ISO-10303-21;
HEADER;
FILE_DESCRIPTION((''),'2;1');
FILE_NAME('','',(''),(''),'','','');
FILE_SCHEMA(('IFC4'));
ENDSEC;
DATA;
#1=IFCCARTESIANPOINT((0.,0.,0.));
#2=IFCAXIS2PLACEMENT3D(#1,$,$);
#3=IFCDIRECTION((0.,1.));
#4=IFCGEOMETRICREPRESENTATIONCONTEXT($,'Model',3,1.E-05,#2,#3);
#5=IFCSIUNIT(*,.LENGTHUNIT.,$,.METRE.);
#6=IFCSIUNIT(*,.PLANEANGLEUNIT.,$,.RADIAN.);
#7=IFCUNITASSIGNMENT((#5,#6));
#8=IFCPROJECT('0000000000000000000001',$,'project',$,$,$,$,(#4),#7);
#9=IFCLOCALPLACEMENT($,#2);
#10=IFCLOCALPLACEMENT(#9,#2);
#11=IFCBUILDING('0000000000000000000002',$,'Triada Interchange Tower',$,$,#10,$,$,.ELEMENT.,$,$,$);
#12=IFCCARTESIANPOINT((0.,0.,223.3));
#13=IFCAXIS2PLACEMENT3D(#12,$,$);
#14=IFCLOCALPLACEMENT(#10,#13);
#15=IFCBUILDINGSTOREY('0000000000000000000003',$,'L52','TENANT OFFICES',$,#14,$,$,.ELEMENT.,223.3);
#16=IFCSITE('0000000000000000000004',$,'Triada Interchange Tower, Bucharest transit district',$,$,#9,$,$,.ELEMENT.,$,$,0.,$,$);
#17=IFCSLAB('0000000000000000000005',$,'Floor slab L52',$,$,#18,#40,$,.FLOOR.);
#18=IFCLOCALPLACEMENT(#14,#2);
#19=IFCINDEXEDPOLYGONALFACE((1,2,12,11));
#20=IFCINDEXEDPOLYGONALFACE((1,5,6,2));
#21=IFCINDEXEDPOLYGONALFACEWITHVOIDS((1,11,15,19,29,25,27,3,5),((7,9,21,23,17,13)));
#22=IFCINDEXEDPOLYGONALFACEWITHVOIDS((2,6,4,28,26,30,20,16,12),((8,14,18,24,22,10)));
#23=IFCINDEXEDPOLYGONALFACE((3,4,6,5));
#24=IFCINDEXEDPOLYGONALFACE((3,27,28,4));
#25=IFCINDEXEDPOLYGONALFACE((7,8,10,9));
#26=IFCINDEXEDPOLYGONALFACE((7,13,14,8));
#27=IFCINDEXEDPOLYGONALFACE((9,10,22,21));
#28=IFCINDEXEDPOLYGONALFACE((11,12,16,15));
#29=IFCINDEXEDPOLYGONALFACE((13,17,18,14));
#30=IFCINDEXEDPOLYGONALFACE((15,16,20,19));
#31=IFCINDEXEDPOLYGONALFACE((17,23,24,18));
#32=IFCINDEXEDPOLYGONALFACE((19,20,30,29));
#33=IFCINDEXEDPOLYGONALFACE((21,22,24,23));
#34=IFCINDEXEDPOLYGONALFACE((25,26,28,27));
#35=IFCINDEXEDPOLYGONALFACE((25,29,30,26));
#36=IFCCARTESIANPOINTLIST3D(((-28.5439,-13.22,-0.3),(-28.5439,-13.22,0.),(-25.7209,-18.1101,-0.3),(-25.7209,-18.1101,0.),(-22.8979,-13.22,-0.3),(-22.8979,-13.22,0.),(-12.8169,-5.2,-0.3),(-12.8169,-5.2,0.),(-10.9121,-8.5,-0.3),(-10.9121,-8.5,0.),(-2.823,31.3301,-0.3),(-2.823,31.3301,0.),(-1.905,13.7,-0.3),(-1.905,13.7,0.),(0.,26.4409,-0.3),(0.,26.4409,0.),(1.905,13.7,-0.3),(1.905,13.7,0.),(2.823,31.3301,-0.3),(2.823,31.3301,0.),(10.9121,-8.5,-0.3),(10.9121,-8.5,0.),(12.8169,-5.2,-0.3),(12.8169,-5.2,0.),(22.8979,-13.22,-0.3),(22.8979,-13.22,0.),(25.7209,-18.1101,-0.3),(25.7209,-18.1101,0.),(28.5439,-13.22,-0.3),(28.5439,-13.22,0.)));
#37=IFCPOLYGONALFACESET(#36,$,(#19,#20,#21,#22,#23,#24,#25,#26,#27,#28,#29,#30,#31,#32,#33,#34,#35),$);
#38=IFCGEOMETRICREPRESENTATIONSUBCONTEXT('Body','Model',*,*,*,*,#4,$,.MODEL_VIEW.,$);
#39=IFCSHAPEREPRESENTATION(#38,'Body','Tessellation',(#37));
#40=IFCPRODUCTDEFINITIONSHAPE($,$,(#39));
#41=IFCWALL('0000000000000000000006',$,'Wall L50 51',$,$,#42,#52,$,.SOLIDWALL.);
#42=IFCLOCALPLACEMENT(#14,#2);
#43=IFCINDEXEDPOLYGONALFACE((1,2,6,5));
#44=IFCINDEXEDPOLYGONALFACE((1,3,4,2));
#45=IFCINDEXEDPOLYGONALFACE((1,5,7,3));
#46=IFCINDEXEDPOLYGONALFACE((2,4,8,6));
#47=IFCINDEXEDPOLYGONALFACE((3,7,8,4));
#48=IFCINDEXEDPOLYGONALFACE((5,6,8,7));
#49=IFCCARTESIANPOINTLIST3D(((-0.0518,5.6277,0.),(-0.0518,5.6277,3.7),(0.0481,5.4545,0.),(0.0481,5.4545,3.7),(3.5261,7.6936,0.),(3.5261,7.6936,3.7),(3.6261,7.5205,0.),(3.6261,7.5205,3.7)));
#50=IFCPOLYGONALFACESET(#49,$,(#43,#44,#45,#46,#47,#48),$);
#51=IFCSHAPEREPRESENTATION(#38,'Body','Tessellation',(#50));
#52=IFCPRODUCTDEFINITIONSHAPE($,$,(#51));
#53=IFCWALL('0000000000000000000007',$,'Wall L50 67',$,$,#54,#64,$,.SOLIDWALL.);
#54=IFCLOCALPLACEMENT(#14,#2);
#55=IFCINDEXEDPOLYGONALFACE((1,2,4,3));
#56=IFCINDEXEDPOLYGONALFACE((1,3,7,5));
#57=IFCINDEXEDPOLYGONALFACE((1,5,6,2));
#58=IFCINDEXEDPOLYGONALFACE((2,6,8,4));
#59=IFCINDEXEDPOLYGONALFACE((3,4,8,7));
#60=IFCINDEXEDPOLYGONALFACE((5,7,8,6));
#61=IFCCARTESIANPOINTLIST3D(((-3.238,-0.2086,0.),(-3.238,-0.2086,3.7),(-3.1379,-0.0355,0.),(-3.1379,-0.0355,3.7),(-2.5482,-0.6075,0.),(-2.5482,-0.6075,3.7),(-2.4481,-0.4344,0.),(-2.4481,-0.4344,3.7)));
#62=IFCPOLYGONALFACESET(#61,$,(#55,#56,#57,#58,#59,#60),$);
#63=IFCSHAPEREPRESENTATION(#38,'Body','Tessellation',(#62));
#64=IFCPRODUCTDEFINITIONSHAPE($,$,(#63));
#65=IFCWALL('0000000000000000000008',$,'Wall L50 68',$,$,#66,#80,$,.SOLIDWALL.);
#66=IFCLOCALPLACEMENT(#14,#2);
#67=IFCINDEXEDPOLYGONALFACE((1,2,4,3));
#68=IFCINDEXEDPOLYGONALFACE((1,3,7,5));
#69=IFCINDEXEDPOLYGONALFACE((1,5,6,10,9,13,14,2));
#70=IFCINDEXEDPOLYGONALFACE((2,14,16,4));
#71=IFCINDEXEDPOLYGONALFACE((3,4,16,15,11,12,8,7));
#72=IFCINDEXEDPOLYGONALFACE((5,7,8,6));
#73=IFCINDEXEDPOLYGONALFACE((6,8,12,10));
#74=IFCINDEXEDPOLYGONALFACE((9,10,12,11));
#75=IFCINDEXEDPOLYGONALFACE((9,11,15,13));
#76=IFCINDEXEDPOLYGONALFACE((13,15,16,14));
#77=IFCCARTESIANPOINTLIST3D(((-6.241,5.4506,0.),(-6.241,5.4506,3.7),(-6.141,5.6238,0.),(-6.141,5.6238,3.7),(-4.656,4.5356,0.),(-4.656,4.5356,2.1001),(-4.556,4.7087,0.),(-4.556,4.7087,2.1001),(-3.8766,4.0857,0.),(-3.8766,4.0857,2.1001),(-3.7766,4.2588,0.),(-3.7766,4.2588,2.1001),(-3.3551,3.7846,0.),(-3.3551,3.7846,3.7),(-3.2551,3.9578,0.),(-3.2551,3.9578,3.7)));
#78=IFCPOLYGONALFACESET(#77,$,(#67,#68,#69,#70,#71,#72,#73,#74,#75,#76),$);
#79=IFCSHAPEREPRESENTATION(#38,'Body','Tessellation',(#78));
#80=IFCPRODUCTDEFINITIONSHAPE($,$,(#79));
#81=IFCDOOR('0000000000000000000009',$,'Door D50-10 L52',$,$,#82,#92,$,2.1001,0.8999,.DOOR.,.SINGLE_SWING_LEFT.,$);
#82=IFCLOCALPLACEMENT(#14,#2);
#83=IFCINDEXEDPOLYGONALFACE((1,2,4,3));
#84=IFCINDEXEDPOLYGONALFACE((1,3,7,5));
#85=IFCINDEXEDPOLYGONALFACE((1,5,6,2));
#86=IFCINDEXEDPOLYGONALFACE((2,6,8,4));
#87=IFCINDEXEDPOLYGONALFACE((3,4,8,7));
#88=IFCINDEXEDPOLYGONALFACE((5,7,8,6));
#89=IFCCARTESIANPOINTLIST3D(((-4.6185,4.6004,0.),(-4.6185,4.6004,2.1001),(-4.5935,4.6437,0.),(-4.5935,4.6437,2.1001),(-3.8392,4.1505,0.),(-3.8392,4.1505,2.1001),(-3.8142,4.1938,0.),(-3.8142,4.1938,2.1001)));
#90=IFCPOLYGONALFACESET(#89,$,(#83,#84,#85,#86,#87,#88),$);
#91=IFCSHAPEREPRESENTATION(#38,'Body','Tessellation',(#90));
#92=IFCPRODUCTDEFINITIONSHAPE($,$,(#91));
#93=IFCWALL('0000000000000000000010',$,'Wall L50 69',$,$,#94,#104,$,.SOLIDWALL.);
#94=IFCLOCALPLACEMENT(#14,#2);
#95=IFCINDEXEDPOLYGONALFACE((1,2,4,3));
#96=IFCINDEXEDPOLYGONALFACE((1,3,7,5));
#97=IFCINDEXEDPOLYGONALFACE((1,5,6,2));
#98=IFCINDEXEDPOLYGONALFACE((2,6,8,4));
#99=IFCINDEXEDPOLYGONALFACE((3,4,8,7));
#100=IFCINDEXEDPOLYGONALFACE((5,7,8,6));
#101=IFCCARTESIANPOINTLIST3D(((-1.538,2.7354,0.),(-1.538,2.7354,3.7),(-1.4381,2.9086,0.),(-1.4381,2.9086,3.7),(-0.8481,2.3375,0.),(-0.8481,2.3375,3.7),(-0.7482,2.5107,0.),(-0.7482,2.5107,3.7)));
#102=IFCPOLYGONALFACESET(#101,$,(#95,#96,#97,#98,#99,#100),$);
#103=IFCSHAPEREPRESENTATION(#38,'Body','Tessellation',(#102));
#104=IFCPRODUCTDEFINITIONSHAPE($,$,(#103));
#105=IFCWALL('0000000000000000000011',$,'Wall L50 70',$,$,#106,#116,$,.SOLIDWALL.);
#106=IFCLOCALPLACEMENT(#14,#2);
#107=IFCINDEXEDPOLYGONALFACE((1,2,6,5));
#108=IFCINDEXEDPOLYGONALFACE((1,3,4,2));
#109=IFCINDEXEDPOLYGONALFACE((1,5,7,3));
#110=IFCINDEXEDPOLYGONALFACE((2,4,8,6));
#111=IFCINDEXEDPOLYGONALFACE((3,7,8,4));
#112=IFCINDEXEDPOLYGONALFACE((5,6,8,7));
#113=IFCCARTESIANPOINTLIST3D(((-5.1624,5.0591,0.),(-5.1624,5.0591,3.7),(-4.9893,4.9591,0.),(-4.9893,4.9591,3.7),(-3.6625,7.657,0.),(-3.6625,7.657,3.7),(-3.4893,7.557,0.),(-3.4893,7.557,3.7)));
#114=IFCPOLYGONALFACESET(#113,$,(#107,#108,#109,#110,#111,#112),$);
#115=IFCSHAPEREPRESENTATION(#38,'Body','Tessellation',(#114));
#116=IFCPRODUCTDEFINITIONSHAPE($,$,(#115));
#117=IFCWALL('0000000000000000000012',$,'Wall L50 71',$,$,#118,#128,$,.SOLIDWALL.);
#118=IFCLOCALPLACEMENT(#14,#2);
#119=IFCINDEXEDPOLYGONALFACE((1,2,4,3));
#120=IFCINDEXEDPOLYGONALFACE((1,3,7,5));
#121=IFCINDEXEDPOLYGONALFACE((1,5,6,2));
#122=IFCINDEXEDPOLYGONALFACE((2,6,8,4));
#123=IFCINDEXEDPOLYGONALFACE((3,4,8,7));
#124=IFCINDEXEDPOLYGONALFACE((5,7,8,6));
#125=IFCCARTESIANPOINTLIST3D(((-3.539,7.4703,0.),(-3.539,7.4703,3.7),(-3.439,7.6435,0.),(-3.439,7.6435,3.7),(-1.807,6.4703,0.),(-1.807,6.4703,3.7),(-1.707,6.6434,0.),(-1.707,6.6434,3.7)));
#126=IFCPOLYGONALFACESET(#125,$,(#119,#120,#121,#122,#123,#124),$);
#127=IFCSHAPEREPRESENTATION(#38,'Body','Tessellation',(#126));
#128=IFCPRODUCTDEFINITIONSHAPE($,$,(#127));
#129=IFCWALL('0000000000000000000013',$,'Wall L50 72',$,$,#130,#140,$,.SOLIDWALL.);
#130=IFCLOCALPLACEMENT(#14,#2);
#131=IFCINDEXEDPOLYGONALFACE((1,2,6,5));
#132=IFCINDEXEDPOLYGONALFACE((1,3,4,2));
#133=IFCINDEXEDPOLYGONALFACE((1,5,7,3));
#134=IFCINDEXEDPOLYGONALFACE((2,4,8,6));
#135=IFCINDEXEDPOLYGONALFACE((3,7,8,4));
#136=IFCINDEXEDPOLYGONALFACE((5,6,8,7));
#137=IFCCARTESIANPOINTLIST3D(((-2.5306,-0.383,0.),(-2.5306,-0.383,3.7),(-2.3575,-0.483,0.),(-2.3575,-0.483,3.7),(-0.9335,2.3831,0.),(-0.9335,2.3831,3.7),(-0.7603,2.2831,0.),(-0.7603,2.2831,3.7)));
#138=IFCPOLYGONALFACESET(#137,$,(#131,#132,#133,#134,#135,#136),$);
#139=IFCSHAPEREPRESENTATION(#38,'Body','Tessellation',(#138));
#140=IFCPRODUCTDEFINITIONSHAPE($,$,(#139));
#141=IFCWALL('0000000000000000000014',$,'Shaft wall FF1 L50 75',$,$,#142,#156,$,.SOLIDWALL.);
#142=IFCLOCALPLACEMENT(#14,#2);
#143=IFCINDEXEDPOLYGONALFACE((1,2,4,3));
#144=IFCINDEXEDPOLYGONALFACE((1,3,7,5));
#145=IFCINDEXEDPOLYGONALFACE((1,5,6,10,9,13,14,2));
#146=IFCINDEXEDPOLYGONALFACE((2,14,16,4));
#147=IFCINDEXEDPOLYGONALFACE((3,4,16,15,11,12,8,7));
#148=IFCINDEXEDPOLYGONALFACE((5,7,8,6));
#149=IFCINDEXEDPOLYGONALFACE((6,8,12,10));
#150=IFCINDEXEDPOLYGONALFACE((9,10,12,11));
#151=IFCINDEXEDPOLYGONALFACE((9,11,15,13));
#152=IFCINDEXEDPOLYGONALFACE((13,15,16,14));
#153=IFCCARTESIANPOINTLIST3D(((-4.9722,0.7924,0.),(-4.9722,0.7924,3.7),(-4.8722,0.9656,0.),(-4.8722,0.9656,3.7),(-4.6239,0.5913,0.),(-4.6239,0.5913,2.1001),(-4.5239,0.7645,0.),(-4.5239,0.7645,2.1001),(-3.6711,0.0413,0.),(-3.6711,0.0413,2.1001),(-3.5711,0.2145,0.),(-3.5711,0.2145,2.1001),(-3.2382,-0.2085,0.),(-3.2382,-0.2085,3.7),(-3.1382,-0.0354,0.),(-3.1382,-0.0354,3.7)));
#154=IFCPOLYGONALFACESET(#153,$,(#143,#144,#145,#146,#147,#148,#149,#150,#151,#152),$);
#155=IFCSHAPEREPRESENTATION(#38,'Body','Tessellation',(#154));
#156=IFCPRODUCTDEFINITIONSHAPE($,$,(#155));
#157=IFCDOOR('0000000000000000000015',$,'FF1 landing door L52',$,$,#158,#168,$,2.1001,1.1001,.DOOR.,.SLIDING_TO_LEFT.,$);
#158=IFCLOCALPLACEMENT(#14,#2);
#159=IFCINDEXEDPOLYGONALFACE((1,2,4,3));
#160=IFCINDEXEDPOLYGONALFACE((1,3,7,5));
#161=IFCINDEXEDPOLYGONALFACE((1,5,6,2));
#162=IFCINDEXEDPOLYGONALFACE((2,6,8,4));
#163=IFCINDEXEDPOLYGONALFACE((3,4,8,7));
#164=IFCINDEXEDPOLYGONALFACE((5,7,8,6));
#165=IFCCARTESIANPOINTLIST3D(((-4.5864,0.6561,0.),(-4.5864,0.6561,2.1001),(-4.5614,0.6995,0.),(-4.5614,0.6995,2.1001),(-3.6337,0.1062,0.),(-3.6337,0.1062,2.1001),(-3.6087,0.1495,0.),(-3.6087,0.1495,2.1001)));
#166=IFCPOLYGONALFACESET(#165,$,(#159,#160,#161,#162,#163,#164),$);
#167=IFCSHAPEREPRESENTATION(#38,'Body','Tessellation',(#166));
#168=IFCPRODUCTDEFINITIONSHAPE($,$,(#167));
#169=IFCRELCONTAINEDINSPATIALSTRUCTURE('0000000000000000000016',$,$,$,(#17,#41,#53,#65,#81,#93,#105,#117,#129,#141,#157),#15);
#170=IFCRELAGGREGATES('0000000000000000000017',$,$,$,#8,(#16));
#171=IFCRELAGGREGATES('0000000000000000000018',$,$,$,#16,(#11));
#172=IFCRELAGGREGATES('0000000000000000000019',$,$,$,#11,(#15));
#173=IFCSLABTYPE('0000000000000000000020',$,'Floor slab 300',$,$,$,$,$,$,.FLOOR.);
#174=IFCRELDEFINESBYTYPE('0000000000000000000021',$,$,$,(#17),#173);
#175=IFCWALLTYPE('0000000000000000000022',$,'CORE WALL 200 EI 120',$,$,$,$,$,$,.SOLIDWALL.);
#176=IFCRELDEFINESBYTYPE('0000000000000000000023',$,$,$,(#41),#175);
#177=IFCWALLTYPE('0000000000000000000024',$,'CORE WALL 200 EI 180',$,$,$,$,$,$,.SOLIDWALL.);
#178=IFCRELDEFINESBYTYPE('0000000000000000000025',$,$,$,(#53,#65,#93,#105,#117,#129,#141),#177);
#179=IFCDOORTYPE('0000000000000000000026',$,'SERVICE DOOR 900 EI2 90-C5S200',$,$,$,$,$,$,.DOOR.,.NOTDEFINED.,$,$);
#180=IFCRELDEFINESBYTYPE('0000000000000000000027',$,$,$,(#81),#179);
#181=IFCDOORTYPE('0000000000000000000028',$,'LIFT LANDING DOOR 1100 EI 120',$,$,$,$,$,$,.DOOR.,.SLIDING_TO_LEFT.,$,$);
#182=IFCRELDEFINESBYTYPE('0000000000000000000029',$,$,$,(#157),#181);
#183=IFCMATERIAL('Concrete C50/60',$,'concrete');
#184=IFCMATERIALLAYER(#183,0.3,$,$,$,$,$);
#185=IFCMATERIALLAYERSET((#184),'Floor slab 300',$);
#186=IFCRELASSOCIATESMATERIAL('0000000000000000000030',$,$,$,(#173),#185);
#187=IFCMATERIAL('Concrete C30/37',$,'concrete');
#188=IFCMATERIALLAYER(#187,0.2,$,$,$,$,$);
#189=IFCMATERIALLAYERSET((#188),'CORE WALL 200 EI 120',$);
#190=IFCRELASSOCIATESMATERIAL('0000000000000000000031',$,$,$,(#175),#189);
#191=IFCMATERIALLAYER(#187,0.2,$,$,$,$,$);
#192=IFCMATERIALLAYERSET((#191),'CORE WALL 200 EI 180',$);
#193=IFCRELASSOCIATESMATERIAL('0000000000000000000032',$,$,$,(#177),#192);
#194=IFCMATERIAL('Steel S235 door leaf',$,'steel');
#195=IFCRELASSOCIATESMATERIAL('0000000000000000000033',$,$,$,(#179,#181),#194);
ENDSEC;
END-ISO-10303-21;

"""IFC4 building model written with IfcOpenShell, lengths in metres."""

from ifc_helpers import new_model, si_unit, direction, frame, frame_2d, origin, place, context, subcontext, project, spatial, polyline, rectangle, outline, extrude, material, layer, layer_set, type_object, element, fill, save


model = new_model("IFC4")

# Units and contexts
model_context = context("Model", 3, precision=1e-05, world=origin(), true_north=direction((0.0, 1.0)))
body_context = subcontext(model_context, "Body", "Model", "MODEL_VIEW")
ifc_project = project(units=[si_unit("LENGTHUNIT", "METRE"), si_unit("PLANEANGLEUNIT", "RADIAN")], contexts=[model_context])

# Site, building, storey
site_placement = place(None, origin())
site = spatial("IfcSite", under=ifc_project, at=site_placement, Name="Triada Interchange Tower, Bucharest transit district", CompositionType="ELEMENT", RefElevation=0.0)
building_placement = place(site_placement, origin())
building = spatial("IfcBuilding", under=site, at=building_placement, Name="Triada Interchange Tower", CompositionType="ELEMENT")
storey_placement = place(building_placement, frame((0.0, 0.0, 223.3)))
storey = spatial("IfcBuildingStorey", under=building, at=storey_placement, Name="L52", Description="TENANT OFFICES", CompositionType="ELEMENT", Elevation=223.3)

# Slab
ifc_material_1 = material(Name="Concrete C50/60", Category="concrete")
ifc_layer_1 = layer(ifc_material_1, 0.3)
ifc_layer_set_1 = layer_set([ifc_layer_1], Name="Floor slab 300")
slab_type = type_object("IfcSlabType", Name="Floor slab 300", PredefinedType="FLOOR", material=ifc_layer_set_1)
slab_placement = place(storey_placement, frame((0.0, 0.0, -0.3)))
element("IfcSlab", 1, at=slab_placement, inside=storey, type_object=slab_type, Name="Floor slab L52", PredefinedType="FLOOR", context=body_context, shape_type="SweptSolid", body=[
    extrude(outline(polyline([(-2.823, 31.3301), (-28.5439, -13.22), (-22.8979, -13.22), (-25.7209, -18.1101), (25.7209, -18.1101), (22.8979, -13.22), (28.5439, -13.22), (2.823, 31.3301), (0.0, 26.4409), (-2.823, 31.3301)]), holes=[polyline([(1.905, 13.7), (-1.905, 13.7), (-12.8169, -5.2), (-10.9121, -8.5), (10.9121, -8.5), (12.8169, -5.2), (1.905, 13.7)])]), origin(), (0.0, 0.0, 1.0), 0.3),
])

# Walls
ifc_material_2 = material(Name="Concrete C30/37", Category="concrete")
ifc_layer_2 = layer(ifc_material_2, 0.2)
ifc_layer_set_2 = layer_set([ifc_layer_2], Name="CORE WALL 200 EI 120")
wall_type_1 = type_object("IfcWallType", Name="CORE WALL 200 EI 120", PredefinedType="SOLIDWALL", material=ifc_layer_set_2)
wall_1_placement = place(storey_placement, frame((-0.002, 5.541, 0.0), z_axis=(0.0, 0.0, 1.0), x_axis=(0.866002, 0.500041, 0.0)))
element("IfcWall", 2, at=wall_1_placement, inside=storey, type_object=wall_type_1, Name="Wall L50 51", PredefinedType="SOLIDWALL", context=body_context, shape_type="SweptSolid", body=[
    extrude(rectangle(XDim=4.1316, YDim=0.2, at=frame_2d((2.0659, 0.0))), origin(), (0.0, 0.0, 1.0), 3.7),
])
ifc_layer_3 = layer(ifc_material_2, 0.2)
ifc_layer_set_3 = layer_set([ifc_layer_3], Name="CORE WALL 200 EI 180")
wall_type_2 = type_object("IfcWallType", Name="CORE WALL 200 EI 180", PredefinedType="SOLIDWALL", material=ifc_layer_set_3)
wall_2_placement = place(storey_placement, frame((-3.188, -0.1221, 0.0), z_axis=(0.0, 0.0, 1.0), x_axis=(0.865706, -0.500553, 0.0)))
element("IfcWall", 3, at=wall_2_placement, inside=storey, type_object=wall_type_2, Name="Wall L50 67", PredefinedType="SOLIDWALL", context=body_context, shape_type="SweptSolid", body=[
    extrude(rectangle(XDim=0.7969, YDim=0.2, at=frame_2d((0.3984, 0.0))), origin(), (0.0, 0.0, 1.0), 3.7),
])

# Wall, opening, door
wall_3_placement = place(storey_placement, frame((-6.1909, 5.5371, 0.0), z_axis=(0.0, 0.0, 1.0), x_axis=(0.866053, -0.499953, 0.0)))
wall_3 = element("IfcWall", 4, at=wall_3_placement, inside=storey, type_object=wall_type_2, Name="Wall L50 68", PredefinedType="SOLIDWALL", context=body_context, shape_type="SweptSolid", body=[
    extrude(rectangle(XDim=3.3323, YDim=0.2, at=frame_2d((1.666, 0.0))), origin(), (0.0, 0.0, 1.0), 3.7),
])
opening_1_placement = place(wall_3_placement, frame((1.8301, 0.0, 0.0)))
opening_1 = element("IfcOpeningElement", 5, at=opening_1_placement, cuts=wall_3, PredefinedType="OPENING", context=body_context, shape_type="SweptSolid", body=[
    extrude(rectangle(XDim=0.8999, YDim=2.1001, at=frame_2d((0.45, 1.05))), frame((0.0, 0.1099, 0.0), z_axis=(0.0, -1.0, 0.0), x_axis=(1.0, 0.0, 0.0)), (0.0, 0.0, 1.0), 0.22),
])
ifc_material_3 = material(Name="Steel S235 door leaf", Category="steel")
door_type_1 = type_object("IfcDoorType", Name="SERVICE DOOR 900 EI2 90-C5S200", OperationType="NOTDEFINED", PredefinedType="DOOR", material=ifc_material_3)
door_1_placement = place(opening_1_placement, origin())
door_1 = element("IfcDoor", 6, at=door_1_placement, inside=storey, type_object=door_type_1, Name="Door D50-10 L52", OperationType="SINGLE_SWING_LEFT", OverallHeight=2.1001, OverallWidth=0.8999, PredefinedType="DOOR", context=body_context, shape_type="SweptSolid", body=[
    extrude(rectangle(XDim=0.8999, YDim=2.1001, at=frame_2d((0.45, 1.05))), frame((0.0, 0.0249, 0.0), z_axis=(0.0, -1.0, 0.0), x_axis=(1.0, 0.0, 0.0)), (0.0, 0.0, 1.0), 0.05),
])
fill(opening_1, door_1)

# Walls
wall_4_placement = place(storey_placement, frame((-1.488, 2.822, 0.0), z_axis=(0.0, 0.0, 1.0), x_axis=(0.866237, -0.499634, 0.0)))
element("IfcWall", 7, at=wall_4_placement, inside=storey, type_object=wall_type_2, Name="Wall L50 69", PredefinedType="SOLIDWALL", context=body_context, shape_type="SweptSolid", body=[
    extrude(rectangle(XDim=0.7964, YDim=0.2, at=frame_2d((0.3982, 0.0))), origin(), (0.0, 0.0, 1.0), 3.7),
])
wall_5_placement = place(storey_placement, frame((-5.0759, 5.009, 0.0), z_axis=(0.0, 0.0, 1.0), x_axis=(0.500025, 0.866011, 0.0)))
element("IfcWall", 8, at=wall_5_placement, inside=storey, type_object=wall_type_2, Name="Wall L50 70", PredefinedType="SOLIDWALL", context=body_context, shape_type="SweptSolid", body=[
    extrude(rectangle(XDim=2.9998, YDim=0.2, at=frame_2d((1.5, 0.0))), origin(), (0.0, 0.0, 1.0), 3.7),
])
wall_6_placement = place(storey_placement, frame((-3.489, 7.5569, 0.0), z_axis=(0.0, 0.0, 1.0), x_axis=(0.866011, -0.500025, 0.0)))
element("IfcWall", 9, at=wall_6_placement, inside=storey, type_object=wall_type_2, Name="Wall L50 71", PredefinedType="SOLIDWALL", context=body_context, shape_type="SweptSolid", body=[
    extrude(rectangle(XDim=2.0, YDim=0.2, at=frame_2d((1.0, 0.0))), origin(), (0.0, 0.0, 1.0), 3.7),
])
wall_7_placement = place(storey_placement, frame((-2.4441, -0.4331, 0.0), z_axis=(0.0, 0.0, 1.0), x_axis=(0.500036, 0.866005, 0.0)))
element("IfcWall", 10, at=wall_7_placement, inside=storey, type_object=wall_type_2, Name="Wall L50 72", PredefinedType="SOLIDWALL", context=body_context, shape_type="SweptSolid", body=[
    extrude(rectangle(XDim=3.1941, YDim=0.2, at=frame_2d((1.5972, 0.0))), origin(), (0.0, 0.0, 1.0), 3.7),
])

# Wall, opening, door
wall_8_placement = place(storey_placement, frame((-4.9221, 0.8789, 0.0), z_axis=(0.0, 0.0, 1.0), x_axis=(0.866074, -0.499916, 0.0)))
wall_8 = element("IfcWall", 11, at=wall_8_placement, inside=storey, type_object=wall_type_2, Name="Shaft wall FF1 L50 75", PredefinedType="SOLIDWALL", context=body_context, shape_type="SweptSolid", body=[
    extrude(rectangle(XDim=2.0022, YDim=0.2, at=frame_2d((1.001, 0.0))), origin(), (0.0, 0.0, 1.0), 3.7),
])
opening_2_placement = place(wall_8_placement, frame((0.4021, 0.0, 0.0)))
opening_2 = element("IfcOpeningElement", 12, at=opening_2_placement, cuts=wall_8, PredefinedType="OPENING", context=body_context, shape_type="SweptSolid", body=[
    extrude(rectangle(XDim=1.1001, YDim=2.1001, at=frame_2d((0.55, 1.05))), frame((0.0, 0.1099, 0.0), z_axis=(0.0, -1.0, 0.0), x_axis=(1.0, 0.0, 0.0)), (0.0, 0.0, 1.0), 0.22),
])
door_type_2 = type_object("IfcDoorType", Name="LIFT LANDING DOOR 1100 EI 120", OperationType="SLIDING_TO_LEFT", PredefinedType="DOOR", material=ifc_material_3)
door_2_placement = place(opening_2_placement, origin())
door_2 = element("IfcDoor", 13, at=door_2_placement, inside=storey, type_object=door_type_2, Name="FF1 landing door L52", OperationType="SLIDING_TO_LEFT", OverallHeight=2.1001, OverallWidth=1.1001, PredefinedType="DOOR", context=body_context, shape_type="SweptSolid", body=[
    extrude(rectangle(XDim=1.1001, YDim=2.1001, at=frame_2d((0.55, 1.05))), frame((0.0, 0.0249, 0.0), z_axis=(0.0, -1.0, 0.0), x_axis=(1.0, 0.0, 0.0)), (0.0, 0.0, 1.0), 0.05),
])
fill(opening_2, door_2)

save(model, "model.ifc")
